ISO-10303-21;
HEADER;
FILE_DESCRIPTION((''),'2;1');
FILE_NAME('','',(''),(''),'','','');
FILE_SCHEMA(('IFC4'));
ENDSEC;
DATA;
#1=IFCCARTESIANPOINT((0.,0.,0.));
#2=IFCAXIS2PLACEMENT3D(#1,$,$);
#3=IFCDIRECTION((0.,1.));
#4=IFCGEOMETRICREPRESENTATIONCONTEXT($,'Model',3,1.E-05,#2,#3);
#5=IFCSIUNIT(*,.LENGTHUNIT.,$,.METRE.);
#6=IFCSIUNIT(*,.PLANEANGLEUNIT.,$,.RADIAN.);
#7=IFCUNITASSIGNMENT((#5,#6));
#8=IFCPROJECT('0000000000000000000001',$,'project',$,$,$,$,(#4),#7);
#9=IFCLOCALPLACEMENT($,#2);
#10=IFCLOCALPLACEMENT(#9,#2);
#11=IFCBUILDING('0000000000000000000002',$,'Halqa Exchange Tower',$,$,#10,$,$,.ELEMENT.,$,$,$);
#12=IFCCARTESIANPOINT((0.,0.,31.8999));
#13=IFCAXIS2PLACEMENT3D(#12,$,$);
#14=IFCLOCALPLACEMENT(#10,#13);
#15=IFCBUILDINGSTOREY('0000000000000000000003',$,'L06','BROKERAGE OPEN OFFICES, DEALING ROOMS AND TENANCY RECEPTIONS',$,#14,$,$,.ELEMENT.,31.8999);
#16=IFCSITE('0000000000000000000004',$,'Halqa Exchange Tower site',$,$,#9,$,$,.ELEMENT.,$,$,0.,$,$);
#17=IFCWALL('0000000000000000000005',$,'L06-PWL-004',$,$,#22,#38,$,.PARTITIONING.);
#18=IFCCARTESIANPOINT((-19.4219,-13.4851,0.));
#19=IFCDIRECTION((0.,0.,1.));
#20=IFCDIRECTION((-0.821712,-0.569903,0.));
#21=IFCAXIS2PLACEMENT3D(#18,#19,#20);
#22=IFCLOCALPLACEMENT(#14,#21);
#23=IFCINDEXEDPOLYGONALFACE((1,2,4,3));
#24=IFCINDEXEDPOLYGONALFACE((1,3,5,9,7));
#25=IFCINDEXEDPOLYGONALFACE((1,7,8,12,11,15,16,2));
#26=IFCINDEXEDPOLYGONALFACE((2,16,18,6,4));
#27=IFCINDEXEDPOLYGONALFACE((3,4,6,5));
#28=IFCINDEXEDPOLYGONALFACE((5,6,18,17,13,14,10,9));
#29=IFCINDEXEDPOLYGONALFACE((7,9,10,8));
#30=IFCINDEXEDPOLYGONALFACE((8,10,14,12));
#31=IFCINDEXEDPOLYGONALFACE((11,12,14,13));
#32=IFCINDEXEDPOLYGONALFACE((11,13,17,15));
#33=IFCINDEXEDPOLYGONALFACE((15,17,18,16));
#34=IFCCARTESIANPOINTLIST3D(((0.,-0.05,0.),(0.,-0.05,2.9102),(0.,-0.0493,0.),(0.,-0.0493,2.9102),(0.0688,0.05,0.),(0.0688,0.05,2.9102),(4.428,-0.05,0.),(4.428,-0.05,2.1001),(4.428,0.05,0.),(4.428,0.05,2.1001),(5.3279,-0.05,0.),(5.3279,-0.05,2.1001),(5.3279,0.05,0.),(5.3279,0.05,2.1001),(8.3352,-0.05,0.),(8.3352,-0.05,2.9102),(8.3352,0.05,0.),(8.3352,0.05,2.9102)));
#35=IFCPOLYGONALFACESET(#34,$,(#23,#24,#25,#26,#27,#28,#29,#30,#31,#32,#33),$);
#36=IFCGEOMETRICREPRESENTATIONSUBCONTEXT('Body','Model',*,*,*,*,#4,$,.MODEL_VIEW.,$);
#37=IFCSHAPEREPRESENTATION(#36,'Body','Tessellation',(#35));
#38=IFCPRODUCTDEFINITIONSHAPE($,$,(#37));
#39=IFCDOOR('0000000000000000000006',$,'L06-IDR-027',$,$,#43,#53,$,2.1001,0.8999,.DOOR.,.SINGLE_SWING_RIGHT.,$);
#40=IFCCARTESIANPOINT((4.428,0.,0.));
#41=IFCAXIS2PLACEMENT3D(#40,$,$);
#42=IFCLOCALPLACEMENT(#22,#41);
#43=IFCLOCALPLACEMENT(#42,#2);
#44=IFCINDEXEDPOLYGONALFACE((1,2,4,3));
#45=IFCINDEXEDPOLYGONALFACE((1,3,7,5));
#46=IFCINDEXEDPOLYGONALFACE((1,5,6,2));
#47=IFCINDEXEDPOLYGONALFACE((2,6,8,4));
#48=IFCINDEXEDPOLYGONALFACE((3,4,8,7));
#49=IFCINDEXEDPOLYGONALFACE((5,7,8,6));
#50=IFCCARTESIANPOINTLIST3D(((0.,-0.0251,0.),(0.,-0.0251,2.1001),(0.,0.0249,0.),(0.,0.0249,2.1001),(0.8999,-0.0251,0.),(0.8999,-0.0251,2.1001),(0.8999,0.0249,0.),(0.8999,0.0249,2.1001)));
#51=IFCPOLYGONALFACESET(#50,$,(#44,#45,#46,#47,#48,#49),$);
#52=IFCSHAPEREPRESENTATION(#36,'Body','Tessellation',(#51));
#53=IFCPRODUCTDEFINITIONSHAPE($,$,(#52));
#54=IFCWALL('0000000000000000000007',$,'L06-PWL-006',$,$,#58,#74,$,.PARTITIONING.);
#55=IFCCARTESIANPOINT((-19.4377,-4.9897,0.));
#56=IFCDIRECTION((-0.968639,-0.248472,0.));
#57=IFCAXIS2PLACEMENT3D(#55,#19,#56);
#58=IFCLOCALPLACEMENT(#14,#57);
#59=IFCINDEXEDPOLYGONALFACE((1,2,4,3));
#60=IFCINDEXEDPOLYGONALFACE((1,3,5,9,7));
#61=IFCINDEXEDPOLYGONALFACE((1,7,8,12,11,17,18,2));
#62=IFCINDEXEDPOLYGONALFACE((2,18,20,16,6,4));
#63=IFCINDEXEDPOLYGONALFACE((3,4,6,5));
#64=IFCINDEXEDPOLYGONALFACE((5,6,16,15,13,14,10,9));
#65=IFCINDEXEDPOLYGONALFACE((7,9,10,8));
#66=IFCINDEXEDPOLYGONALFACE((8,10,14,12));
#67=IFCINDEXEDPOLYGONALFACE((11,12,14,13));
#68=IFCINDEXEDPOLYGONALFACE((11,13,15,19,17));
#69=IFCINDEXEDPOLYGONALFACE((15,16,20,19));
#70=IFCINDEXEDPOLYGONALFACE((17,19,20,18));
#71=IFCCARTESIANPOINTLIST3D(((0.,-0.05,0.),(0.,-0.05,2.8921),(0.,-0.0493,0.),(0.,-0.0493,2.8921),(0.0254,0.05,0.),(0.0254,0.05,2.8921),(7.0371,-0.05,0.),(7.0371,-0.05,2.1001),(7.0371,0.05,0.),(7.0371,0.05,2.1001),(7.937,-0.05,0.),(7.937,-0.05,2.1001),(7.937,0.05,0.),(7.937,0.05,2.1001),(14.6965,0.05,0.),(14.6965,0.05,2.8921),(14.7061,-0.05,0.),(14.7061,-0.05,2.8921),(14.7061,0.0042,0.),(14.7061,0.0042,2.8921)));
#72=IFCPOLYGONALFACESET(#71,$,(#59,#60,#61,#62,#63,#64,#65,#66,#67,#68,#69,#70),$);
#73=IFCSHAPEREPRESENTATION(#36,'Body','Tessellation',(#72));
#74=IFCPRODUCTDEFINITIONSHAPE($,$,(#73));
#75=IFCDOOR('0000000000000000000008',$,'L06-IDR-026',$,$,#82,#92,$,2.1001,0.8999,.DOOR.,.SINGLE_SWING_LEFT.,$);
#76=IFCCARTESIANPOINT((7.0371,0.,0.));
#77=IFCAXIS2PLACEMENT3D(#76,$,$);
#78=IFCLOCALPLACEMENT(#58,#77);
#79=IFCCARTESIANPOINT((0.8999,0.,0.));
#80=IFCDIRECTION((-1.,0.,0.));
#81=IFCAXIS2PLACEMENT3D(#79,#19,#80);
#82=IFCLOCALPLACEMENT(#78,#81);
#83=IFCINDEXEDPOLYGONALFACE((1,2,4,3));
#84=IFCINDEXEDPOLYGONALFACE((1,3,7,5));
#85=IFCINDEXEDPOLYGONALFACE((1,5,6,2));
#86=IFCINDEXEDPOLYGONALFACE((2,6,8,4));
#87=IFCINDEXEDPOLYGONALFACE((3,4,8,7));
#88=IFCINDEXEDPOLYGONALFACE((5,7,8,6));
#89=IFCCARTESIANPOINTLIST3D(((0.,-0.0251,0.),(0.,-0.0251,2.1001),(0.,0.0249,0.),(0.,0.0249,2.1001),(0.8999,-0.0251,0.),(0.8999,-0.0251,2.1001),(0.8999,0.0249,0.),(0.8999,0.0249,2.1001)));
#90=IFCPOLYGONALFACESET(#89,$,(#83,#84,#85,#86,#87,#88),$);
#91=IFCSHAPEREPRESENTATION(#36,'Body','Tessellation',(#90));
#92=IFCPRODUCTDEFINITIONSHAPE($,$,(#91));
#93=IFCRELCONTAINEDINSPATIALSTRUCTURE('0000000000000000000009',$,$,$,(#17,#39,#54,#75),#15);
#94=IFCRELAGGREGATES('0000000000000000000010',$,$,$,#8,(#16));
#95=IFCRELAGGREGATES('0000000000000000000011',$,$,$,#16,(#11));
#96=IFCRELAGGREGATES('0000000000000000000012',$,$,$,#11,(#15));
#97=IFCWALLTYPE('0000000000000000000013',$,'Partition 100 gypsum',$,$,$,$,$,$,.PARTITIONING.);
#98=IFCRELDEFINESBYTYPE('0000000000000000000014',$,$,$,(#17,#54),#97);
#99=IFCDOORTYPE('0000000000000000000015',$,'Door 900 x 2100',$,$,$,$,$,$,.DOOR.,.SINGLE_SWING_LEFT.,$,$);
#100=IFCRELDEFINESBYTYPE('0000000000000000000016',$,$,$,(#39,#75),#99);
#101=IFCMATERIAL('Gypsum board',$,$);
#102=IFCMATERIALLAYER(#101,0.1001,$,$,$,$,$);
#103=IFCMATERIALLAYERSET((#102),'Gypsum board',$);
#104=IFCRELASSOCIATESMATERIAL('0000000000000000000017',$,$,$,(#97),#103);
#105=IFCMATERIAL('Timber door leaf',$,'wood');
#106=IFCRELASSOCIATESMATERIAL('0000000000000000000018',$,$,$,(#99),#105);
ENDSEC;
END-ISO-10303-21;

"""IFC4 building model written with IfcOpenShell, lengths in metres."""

from ifc_helpers import new_model, si_unit, direction, frame, frame_2d, origin, place, context, subcontext, project, spatial, polyline, rectangle, outline, extrude, material, layer, layer_set, type_object, element, fill, save


model = new_model("IFC4")

# Units and contexts
model_context = context("Model", 3, precision=1e-05, world=origin(), true_north=direction((0.0, 1.0)))
body_context = subcontext(model_context, "Body", "Model", "MODEL_VIEW")
ifc_project = project(units=[si_unit("LENGTHUNIT", "METRE"), si_unit("PLANEANGLEUNIT", "RADIAN")], contexts=[model_context])

# Site, building, storey
site_placement = place(None, origin())
site = spatial("IfcSite", under=ifc_project, at=site_placement, Name="Halqa Exchange Tower site", CompositionType="ELEMENT", RefElevation=0.0)
building_placement = place(site_placement, origin())
building = spatial("IfcBuilding", under=site, at=building_placement, Name="Halqa Exchange Tower", CompositionType="ELEMENT")
storey_placement = place(building_placement, frame((0.0, 0.0, 31.8999)))
storey = spatial("IfcBuildingStorey", under=building, at=storey_placement, Name="L06", Description="BROKERAGE OPEN OFFICES, DEALING ROOMS AND TENANCY RECEPTIONS", CompositionType="ELEMENT", Elevation=31.8999)

# Wall, opening, door
ifc_material_1 = material(Name="Gypsum board")
ifc_layer_1 = layer(ifc_material_1, 0.1001)
ifc_layer_set_1 = layer_set([ifc_layer_1], Name="Gypsum board")
wall_type_1 = type_object("IfcWallType", Name="Partition 100 gypsum", PredefinedType="PARTITIONING", material=ifc_layer_set_1)
wall_1_placement = place(storey_placement, frame((-19.4219, -13.4851, 0.0), z_axis=(0.0, 0.0, 1.0), x_axis=(-0.821712, -0.569903, 0.0)))
wall_1 = element("IfcWall", 1, at=wall_1_placement, inside=storey, type_object=wall_type_1, Name="L06-PWL-004", PredefinedType="PARTITIONING", context=body_context, shape_type="SweptSolid", body=[
    extrude(outline(polyline([(8.3352, 0.05), (6.6819, 0.05), (5.0288, 0.05), (3.3755, 0.05), (1.7222, 0.05), (0.0688, 0.05), (0.0, -0.0493), (0.0, -0.05), (1.667, -0.05), (3.334, -0.05), (5.0012, -0.05), (6.6682, -0.05), (8.3352, -0.05), (8.3352, 0.05)])), origin(), (0.0, 0.0, 1.0), 2.9102),
])
opening_1_placement = place(wall_1_placement, frame((4.428, 0.0, 0.0)))
opening_1 = element("IfcOpeningElement", 2, at=opening_1_placement, cuts=wall_1, PredefinedType="OPENING", context=body_context, shape_type="SweptSolid", body=[
    extrude(rectangle(XDim=0.8999, YDim=2.1001, at=frame_2d((0.45, 1.05))), frame((0.0, 0.062, 0.0), z_axis=(0.0, -1.0, 0.0), x_axis=(1.0, 0.0, 0.0)), (0.0, 0.0, 1.0), 0.124),
])
ifc_material_2 = material(Name="Timber door leaf", Category="wood")
door_type_1 = type_object("IfcDoorType", Name="Door 900 x 2100", OperationType="SINGLE_SWING_LEFT", PredefinedType="DOOR", material=ifc_material_2)
door_1_placement = place(opening_1_placement, origin())
door_1 = element("IfcDoor", 3, at=door_1_placement, inside=storey, type_object=door_type_1, Name="L06-IDR-027", OperationType="SINGLE_SWING_RIGHT", OverallHeight=2.1001, OverallWidth=0.8999, PredefinedType="DOOR", context=body_context, shape_type="SweptSolid", body=[
    extrude(rectangle(XDim=0.8999, YDim=2.1001, at=frame_2d((0.45, 1.05))), frame((0.0, 0.0249, 0.0), z_axis=(0.0, -1.0, 0.0), x_axis=(1.0, 0.0, 0.0)), (0.0, 0.0, 1.0), 0.05),
])
fill(opening_1, door_1)

# Wall, opening, door
wall_2_placement = place(storey_placement, frame((-19.4377, -4.9897, 0.0), z_axis=(0.0, 0.0, 1.0), x_axis=(-0.968639, -0.248472, 0.0)))
wall_2 = element("IfcWall", 4, at=wall_2_placement, inside=storey, type_object=wall_type_1, Name="L06-PWL-006", PredefinedType="PARTITIONING", context=body_context, shape_type="SweptSolid", body=[
    extrude(outline(polyline([(14.7061, -0.05), (14.7061, 0.0042), (14.6965, 0.05), (12.8625, 0.05), (11.0288, 0.05), (9.1948, 0.05), (7.3611, 0.05), (5.5271, 0.05), (3.6934, 0.05), (1.8594, 0.05), (0.0254, 0.05), (0.0, -0.0493), (0.0, -0.05), (1.8384, -0.05), (3.6765, -0.05), (5.5146, -0.05), (7.353, -0.05), (9.1914, -0.05), (11.0295, -0.05), (12.8677, -0.05), (14.7061, -0.05)])), origin(), (0.0, 0.0, 1.0), 2.8921),
])
opening_2_placement = place(wall_2_placement, frame((7.0371, 0.0, 0.0)))
opening_2 = element("IfcOpeningElement", 5, at=opening_2_placement, cuts=wall_2, PredefinedType="OPENING", context=body_context, shape_type="SweptSolid", body=[
    extrude(rectangle(XDim=0.8999, YDim=2.1001, at=frame_2d((0.45, 1.05))), frame((0.0, 0.062, 0.0), z_axis=(0.0, -1.0, 0.0), x_axis=(1.0, 0.0, 0.0)), (0.0, 0.0, 1.0), 0.124),
])
door_2_placement = place(opening_2_placement, frame((0.8999, 0.0, 0.0), z_axis=(0.0, 0.0, 1.0), x_axis=(-1.0, 0.0, 0.0)))
door_2 = element("IfcDoor", 6, at=door_2_placement, inside=storey, type_object=door_type_1, Name="L06-IDR-026", OperationType="SINGLE_SWING_LEFT", OverallHeight=2.1001, OverallWidth=0.8999, PredefinedType="DOOR", context=body_context, shape_type="SweptSolid", body=[
    extrude(rectangle(XDim=0.8999, YDim=2.1001, at=frame_2d((0.45, 1.05))), frame((0.0, 0.0249, 0.0), z_axis=(0.0, -1.0, 0.0), x_axis=(1.0, 0.0, 0.0)), (0.0, 0.0, 1.0), 0.05),
])
fill(opening_2, door_2)

save(model, "model.ifc")
